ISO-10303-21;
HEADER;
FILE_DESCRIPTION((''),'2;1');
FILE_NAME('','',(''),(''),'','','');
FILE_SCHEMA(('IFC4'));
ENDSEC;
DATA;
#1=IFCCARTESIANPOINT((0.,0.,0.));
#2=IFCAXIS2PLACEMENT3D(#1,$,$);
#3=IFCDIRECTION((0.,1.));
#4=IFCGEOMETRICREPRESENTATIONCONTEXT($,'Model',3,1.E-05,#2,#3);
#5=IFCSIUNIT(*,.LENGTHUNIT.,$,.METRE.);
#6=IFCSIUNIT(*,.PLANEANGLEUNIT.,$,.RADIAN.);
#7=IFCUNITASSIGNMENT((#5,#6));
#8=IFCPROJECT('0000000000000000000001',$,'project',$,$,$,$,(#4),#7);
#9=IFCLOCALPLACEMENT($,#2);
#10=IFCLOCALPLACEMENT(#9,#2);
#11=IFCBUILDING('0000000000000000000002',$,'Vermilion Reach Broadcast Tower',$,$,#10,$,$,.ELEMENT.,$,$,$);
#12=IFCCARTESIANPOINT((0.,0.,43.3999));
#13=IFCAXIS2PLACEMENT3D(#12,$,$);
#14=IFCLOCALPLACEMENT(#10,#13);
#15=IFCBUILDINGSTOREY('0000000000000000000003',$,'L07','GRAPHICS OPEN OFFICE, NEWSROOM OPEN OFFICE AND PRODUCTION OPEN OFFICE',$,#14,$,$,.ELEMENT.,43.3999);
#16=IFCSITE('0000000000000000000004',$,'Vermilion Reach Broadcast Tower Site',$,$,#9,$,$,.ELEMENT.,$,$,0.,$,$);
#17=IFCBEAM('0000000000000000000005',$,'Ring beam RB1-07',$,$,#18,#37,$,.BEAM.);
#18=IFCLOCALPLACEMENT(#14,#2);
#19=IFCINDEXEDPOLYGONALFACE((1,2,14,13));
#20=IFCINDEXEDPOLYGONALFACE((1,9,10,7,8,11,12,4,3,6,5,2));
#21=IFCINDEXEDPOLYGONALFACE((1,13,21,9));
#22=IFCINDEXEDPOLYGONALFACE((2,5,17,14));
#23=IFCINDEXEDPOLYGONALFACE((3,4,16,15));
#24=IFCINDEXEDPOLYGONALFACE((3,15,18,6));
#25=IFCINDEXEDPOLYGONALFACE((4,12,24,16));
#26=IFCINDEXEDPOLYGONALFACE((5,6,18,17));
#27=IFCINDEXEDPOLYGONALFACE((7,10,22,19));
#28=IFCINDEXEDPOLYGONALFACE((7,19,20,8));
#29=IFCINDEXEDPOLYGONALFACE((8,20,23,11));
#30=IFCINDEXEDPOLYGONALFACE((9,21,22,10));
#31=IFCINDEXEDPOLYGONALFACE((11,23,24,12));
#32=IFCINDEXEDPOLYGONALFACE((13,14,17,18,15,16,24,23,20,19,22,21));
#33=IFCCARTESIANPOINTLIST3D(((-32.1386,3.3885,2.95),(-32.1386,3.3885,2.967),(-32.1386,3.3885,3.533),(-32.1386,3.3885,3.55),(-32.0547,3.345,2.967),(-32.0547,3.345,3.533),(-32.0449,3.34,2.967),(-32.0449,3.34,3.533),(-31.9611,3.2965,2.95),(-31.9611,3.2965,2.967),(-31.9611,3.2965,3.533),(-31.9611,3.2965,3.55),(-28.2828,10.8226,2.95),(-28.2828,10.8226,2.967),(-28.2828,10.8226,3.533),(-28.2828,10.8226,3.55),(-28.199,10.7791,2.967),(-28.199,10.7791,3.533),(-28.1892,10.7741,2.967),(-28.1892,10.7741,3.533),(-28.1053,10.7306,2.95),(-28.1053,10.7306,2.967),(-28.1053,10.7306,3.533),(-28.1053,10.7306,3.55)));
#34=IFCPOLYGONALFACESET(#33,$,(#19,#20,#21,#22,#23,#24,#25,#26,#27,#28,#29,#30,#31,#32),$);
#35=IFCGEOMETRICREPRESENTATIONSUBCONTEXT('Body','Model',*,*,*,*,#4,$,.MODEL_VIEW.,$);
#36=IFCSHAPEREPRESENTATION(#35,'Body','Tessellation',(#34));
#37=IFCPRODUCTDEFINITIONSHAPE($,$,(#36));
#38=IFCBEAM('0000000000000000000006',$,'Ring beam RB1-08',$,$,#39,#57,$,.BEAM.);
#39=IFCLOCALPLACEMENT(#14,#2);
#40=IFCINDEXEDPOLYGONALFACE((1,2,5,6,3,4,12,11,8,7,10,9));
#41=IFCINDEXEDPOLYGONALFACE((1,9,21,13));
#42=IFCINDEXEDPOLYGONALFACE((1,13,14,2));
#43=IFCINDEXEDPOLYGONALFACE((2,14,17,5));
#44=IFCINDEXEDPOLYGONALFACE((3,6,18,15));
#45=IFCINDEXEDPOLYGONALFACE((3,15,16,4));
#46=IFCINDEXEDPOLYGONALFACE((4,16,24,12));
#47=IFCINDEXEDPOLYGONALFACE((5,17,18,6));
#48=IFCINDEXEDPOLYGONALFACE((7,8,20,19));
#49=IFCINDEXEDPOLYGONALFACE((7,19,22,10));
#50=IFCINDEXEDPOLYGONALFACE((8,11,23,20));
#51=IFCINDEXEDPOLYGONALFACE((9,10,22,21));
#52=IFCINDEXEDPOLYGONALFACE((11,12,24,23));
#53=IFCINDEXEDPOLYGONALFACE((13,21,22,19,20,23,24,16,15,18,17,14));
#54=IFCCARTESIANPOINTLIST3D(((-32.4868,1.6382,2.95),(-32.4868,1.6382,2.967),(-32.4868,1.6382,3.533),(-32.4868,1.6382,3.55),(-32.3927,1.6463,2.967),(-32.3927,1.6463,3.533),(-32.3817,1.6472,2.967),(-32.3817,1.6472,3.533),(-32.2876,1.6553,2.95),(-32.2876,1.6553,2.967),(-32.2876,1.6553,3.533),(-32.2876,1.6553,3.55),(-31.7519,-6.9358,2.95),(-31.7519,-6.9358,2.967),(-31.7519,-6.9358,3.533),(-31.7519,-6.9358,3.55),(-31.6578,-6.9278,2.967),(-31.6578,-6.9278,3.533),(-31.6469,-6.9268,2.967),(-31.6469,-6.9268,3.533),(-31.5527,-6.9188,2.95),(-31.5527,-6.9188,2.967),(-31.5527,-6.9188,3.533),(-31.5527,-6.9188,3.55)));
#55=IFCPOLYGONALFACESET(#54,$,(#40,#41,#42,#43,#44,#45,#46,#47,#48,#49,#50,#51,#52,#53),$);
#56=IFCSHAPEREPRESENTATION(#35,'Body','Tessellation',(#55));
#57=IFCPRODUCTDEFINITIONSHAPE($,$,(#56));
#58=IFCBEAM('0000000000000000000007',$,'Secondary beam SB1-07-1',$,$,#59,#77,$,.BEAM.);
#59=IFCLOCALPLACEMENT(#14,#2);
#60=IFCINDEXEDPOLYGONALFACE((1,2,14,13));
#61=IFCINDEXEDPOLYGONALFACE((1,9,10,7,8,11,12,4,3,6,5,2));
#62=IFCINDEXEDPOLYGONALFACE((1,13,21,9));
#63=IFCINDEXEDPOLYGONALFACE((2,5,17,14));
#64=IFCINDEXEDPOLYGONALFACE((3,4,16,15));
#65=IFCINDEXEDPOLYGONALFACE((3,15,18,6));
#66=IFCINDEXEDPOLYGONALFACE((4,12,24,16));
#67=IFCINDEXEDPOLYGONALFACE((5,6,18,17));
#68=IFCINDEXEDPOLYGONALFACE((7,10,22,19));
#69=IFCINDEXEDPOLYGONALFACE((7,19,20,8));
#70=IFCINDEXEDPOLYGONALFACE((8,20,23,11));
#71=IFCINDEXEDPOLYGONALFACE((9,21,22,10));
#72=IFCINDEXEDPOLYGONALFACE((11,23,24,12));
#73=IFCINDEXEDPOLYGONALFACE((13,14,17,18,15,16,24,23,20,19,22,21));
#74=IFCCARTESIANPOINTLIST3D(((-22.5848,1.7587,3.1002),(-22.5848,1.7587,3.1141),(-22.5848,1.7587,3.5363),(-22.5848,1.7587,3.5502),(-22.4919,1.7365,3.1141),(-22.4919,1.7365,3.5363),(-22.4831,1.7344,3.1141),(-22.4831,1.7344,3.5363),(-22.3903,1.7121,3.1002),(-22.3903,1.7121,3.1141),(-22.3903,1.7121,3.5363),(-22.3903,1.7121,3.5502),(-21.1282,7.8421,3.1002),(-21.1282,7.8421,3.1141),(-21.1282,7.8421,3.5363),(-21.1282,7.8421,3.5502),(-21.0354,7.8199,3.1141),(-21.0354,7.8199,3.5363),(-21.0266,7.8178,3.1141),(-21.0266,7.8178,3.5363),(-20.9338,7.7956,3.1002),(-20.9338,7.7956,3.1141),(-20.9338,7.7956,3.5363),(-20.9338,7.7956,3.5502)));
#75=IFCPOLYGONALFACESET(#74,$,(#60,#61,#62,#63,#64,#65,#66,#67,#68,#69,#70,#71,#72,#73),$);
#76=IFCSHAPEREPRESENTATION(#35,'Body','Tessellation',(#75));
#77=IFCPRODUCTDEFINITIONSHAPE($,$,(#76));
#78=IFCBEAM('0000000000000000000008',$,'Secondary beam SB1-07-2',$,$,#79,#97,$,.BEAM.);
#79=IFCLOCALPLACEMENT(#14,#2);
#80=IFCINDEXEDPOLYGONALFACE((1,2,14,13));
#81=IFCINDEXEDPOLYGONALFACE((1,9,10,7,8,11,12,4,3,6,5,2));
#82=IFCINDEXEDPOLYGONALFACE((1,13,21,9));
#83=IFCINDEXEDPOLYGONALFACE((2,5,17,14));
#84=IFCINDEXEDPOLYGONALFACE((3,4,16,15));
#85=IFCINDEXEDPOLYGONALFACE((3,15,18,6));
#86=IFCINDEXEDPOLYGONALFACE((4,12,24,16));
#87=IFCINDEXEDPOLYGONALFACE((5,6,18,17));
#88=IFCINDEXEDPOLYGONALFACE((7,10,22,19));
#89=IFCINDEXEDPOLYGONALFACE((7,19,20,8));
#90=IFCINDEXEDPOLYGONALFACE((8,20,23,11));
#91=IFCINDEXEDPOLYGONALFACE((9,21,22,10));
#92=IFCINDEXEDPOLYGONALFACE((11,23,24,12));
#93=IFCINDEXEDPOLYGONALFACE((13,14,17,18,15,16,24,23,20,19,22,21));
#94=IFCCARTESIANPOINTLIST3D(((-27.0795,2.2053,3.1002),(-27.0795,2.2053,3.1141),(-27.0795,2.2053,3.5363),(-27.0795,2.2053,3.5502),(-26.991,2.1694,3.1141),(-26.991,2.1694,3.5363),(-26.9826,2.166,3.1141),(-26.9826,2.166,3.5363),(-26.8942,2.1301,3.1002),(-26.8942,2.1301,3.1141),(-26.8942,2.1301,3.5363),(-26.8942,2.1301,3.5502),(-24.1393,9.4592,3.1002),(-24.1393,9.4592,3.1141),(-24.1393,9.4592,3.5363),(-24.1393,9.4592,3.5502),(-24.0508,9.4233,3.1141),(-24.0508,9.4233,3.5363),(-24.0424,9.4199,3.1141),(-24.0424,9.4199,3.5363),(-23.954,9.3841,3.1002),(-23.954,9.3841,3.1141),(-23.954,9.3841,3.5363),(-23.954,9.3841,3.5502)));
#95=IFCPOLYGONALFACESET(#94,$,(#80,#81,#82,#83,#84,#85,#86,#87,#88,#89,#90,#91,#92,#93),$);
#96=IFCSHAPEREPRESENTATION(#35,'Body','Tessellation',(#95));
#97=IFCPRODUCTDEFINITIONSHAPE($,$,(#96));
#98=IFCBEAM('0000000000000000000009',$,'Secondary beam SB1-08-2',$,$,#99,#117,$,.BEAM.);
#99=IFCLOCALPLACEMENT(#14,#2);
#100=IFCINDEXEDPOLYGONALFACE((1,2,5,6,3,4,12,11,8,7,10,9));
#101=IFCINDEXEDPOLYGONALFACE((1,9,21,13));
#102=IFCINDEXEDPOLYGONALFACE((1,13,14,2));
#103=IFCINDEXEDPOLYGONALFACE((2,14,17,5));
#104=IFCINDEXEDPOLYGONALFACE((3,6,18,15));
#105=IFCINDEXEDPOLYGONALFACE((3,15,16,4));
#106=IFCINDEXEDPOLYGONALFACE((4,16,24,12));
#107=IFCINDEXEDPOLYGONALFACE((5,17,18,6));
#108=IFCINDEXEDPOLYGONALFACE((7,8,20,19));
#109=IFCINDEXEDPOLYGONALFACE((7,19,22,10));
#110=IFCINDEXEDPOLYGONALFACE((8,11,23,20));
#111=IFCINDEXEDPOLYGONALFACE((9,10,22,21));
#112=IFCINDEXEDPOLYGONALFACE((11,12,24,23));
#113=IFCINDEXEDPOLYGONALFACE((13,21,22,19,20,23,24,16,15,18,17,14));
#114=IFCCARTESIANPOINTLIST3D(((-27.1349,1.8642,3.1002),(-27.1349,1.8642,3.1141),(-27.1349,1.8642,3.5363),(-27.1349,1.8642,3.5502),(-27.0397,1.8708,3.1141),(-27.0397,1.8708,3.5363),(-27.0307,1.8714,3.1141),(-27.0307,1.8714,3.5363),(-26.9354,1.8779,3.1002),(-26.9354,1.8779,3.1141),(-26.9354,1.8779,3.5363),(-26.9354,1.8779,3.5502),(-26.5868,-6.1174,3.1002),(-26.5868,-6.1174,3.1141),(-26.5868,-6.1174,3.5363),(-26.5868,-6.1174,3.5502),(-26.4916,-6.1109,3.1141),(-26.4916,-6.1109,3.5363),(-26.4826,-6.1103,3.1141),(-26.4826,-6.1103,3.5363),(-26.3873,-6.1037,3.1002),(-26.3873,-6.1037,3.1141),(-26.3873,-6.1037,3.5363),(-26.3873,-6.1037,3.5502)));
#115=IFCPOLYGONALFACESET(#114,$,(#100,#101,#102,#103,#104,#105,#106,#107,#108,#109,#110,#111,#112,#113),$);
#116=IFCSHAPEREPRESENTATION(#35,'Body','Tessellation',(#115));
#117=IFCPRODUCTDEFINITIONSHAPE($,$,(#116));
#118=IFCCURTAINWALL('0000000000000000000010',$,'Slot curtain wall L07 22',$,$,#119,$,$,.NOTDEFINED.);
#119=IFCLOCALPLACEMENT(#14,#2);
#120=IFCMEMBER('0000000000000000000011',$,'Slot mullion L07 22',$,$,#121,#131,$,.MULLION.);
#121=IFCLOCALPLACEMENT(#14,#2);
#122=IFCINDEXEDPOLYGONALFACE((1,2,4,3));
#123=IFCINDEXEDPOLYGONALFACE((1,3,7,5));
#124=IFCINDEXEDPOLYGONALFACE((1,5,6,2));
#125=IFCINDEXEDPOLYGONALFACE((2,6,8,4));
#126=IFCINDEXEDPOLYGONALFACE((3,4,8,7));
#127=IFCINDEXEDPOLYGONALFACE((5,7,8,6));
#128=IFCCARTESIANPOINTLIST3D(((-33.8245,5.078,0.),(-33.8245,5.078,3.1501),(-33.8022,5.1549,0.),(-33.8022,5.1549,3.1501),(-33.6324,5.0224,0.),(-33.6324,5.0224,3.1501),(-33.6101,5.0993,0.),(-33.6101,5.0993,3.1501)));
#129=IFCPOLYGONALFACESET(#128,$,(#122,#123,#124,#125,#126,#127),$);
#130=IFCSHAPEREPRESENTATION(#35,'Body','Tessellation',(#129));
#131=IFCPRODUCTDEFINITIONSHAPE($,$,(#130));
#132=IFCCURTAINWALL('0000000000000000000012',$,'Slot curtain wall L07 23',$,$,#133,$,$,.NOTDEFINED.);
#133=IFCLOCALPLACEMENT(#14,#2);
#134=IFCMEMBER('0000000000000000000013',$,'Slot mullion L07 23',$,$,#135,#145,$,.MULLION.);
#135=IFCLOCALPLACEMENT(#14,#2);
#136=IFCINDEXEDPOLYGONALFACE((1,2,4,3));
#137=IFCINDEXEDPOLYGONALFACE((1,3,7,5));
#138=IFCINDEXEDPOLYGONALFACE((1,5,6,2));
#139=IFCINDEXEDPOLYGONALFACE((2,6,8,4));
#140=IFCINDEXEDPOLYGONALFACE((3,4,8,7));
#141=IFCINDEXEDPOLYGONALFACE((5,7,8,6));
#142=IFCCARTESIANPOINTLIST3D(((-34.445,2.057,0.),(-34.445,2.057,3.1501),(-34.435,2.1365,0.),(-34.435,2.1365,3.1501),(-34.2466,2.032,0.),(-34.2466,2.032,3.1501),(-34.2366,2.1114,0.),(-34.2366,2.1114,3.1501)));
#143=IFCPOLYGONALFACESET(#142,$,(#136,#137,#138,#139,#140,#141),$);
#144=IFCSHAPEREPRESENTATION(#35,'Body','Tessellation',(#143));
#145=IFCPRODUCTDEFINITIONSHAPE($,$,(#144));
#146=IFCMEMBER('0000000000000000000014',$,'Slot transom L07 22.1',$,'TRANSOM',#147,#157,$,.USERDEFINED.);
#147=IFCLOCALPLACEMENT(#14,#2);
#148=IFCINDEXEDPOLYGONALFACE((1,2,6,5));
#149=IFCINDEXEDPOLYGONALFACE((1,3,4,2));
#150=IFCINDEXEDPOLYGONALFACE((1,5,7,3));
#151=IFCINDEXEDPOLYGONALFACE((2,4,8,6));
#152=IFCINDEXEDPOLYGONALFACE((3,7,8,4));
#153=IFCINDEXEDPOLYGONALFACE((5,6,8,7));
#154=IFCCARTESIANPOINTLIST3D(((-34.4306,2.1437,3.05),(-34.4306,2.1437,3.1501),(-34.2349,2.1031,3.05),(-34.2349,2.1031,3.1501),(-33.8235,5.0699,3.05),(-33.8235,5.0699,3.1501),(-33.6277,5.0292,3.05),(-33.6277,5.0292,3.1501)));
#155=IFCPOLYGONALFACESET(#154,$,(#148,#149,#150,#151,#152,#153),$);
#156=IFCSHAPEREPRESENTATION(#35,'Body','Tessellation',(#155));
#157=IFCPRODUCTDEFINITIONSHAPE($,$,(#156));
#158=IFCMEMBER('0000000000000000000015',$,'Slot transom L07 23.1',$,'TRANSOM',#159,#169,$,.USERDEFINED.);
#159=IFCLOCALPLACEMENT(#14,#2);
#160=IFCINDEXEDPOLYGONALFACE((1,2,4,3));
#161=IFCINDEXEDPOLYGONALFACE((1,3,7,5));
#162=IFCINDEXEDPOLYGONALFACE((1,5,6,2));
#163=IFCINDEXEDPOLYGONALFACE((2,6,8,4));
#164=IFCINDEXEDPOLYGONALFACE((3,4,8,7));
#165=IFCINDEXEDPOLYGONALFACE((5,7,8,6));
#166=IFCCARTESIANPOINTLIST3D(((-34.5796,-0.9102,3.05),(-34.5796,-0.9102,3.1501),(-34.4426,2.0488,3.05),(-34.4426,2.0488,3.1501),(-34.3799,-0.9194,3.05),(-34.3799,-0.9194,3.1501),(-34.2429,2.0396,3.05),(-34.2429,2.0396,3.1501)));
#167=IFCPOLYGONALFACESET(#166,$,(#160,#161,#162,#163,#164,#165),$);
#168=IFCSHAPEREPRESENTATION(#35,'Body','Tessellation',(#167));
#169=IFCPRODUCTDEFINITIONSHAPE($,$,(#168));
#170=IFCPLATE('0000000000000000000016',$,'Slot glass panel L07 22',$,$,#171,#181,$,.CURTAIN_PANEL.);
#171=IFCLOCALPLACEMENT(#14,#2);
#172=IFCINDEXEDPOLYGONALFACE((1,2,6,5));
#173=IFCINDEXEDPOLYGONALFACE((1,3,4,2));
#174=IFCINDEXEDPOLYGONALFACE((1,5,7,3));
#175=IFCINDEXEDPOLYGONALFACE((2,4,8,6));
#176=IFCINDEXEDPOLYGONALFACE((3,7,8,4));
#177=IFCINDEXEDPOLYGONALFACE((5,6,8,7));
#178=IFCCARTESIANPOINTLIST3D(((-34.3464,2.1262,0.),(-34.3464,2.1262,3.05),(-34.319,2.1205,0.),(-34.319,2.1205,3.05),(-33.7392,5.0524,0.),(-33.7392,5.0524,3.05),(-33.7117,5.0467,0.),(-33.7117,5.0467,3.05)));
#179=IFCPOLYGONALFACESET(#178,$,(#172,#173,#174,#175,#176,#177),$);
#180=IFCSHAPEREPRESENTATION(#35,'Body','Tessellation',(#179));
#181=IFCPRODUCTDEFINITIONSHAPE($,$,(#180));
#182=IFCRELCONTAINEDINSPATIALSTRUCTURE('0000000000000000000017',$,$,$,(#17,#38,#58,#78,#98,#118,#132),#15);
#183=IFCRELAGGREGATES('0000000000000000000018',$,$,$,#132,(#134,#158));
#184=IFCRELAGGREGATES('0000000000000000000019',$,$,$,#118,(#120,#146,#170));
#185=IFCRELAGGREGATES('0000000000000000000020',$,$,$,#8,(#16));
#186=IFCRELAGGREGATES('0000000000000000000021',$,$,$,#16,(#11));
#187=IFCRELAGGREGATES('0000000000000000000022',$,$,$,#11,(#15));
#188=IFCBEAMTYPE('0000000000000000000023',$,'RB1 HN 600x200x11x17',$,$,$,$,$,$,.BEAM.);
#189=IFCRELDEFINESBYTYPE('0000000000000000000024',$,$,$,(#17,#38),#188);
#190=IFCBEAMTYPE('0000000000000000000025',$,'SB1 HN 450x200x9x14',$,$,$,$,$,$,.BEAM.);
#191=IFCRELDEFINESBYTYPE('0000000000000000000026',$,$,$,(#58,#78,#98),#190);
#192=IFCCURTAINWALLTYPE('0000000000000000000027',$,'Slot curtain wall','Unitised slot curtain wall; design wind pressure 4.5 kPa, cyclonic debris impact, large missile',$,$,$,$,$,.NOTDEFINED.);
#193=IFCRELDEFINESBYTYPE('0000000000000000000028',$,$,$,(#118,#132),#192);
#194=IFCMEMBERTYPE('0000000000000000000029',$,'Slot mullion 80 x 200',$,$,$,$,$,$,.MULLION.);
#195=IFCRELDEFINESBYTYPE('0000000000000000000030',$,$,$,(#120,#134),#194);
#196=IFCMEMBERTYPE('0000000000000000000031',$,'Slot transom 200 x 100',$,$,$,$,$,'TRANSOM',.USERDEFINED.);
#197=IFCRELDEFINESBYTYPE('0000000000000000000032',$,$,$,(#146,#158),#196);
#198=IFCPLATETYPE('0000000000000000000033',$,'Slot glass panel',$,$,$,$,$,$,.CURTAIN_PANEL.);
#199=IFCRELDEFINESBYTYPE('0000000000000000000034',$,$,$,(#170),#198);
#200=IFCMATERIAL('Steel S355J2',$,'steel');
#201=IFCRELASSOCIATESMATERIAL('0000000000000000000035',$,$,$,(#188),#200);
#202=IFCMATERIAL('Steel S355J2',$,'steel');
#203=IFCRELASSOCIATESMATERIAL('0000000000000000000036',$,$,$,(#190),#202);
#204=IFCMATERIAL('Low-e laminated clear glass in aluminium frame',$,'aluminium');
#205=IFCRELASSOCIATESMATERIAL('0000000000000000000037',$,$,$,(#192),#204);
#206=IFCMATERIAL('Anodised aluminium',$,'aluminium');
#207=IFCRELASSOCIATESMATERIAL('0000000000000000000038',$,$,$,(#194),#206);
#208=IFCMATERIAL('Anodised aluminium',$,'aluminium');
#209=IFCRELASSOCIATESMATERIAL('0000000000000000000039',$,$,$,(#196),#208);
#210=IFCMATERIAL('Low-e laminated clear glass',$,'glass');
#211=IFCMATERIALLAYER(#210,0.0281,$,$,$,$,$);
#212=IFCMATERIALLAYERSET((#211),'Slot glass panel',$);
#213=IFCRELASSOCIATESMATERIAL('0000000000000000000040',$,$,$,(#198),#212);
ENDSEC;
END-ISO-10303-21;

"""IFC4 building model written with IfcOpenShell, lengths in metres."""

from ifc_helpers import new_model, si_unit, direction, frame, origin, origin_2d, place, context, subcontext, project, spatial, rectangle, i_section, extrude, material, layer, layer_set, material_profile, profile_set, type_object, element, aggregate, save


model = new_model("IFC4")

# Units and contexts
model_context = context("Model", 3, precision=1e-05, world=origin(), true_north=direction((0.0, 1.0)))
body_context = subcontext(model_context, "Body", "Model", "MODEL_VIEW")
ifc_project = project(units=[si_unit("LENGTHUNIT", "METRE"), si_unit("PLANEANGLEUNIT", "RADIAN")], contexts=[model_context])

# Site, building, storey
site_placement = place(None, origin())
site = spatial("IfcSite", under=ifc_project, at=site_placement, Name="Vermilion Reach Broadcast Tower Site", CompositionType="ELEMENT", RefElevation=0.0)
building_placement = place(site_placement, origin())
building = spatial("IfcBuilding", under=site, at=building_placement, Name="Vermilion Reach Broadcast Tower", CompositionType="ELEMENT")
storey_placement = place(building_placement, frame((0.0, 0.0, 43.3999)))
storey = spatial("IfcBuildingStorey", under=building, at=storey_placement, Name="L07", Description="GRAPHICS OPEN OFFICE, NEWSROOM OPEN OFFICE AND PRODUCTION OPEN OFFICE", CompositionType="ELEMENT", Elevation=43.3999)

# Beams
ifc_material_1 = material(Name="Steel S355J2", Category="steel")
ifc_material_profile_1 = material_profile(ifc_material_1, i_section(OverallWidth=0.2, OverallDepth=0.6001, WebThickness=0.011, FlangeThickness=0.0171, at=origin_2d()), Name="S355J2 HN 600x200x11x17")
ifc_profile_set_1 = profile_set([ifc_material_profile_1], Name="Steel S355J2")
beam_type_1 = type_object("IfcBeamType", Name="RB1 HN 600x200x11x17", PredefinedType="BEAM", material=ifc_profile_set_1)
beam_1_placement = place(storey_placement, frame((-28.1941, 10.7766, 3.25), z_axis=(-0.460412, -0.887706, 0.0), x_axis=(0.887706, -0.460412, 0.0)))
element("IfcBeam", 1, at=beam_1_placement, inside=storey, type_object=beam_type_1, Name="Ring beam RB1-07", PredefinedType="BEAM", context=body_context, shape_type="SweptSolid", body=[
    extrude(i_section(OverallWidth=0.2, OverallDepth=0.6001, WebThickness=0.011, FlangeThickness=0.0171, at=origin_2d()), origin(), (0.0, 0.0, 1.0), 8.3745),
])
beam_2_placement = place(storey_placement, frame((-32.3872, 1.6467, 3.25), z_axis=(0.085396, -0.996347, 0.0), x_axis=(0.996347, 0.085396, 0.0)))
element("IfcBeam", 2, at=beam_2_placement, inside=storey, type_object=beam_type_1, Name="Ring beam RB1-08", PredefinedType="BEAM", context=body_context, shape_type="SweptSolid", body=[
    extrude(i_section(OverallWidth=0.2, OverallDepth=0.6001, WebThickness=0.011, FlangeThickness=0.0171, at=origin_2d()), origin(), (0.0, 0.0, 1.0), 8.6055),
])
ifc_material_2 = material(Name="Steel S355J2", Category="steel")
ifc_material_profile_2 = material_profile(ifc_material_2, i_section(OverallWidth=0.2, OverallDepth=0.45, WebThickness=0.009, FlangeThickness=0.0139, at=origin_2d()), Name="S355J2 HN 450x200x9x14")
ifc_profile_set_2 = profile_set([ifc_material_profile_2], Name="Steel S355J2")
beam_type_2 = type_object("IfcBeamType", Name="SB1 HN 450x200x9x14", PredefinedType="BEAM", material=ifc_profile_set_2)
beam_3_placement = place(storey_placement, frame((-21.031, 7.8188, 3.3252), z_axis=(-0.232844, -0.972514, 0.0), x_axis=(0.972514, -0.232844, 0.0)))
element("IfcBeam", 3, at=beam_3_placement, inside=storey, type_object=beam_type_2, Name="Secondary beam SB1-07-1", PredefinedType="BEAM", context=body_context, shape_type="SweptSolid", body=[
    extrude(i_section(OverallWidth=0.2, OverallDepth=0.45, WebThickness=0.009, FlangeThickness=0.0139, at=origin_2d()), origin(), (0.0, 0.0, 1.0), 6.2554),
])
beam_4_placement = place(storey_placement, frame((-24.0466, 9.4216, 3.3252), z_axis=(-0.375641, -0.926765, 0.0), x_axis=(0.926765, -0.375641, 0.0)))
element("IfcBeam", 4, at=beam_4_placement, inside=storey, type_object=beam_type_2, Name="Secondary beam SB1-07-2", PredefinedType="BEAM", context=body_context, shape_type="SweptSolid", body=[
    extrude(i_section(OverallWidth=0.2, OverallDepth=0.45, WebThickness=0.009, FlangeThickness=0.0139, at=origin_2d()), origin(), (0.0, 0.0, 1.0), 7.8271),
])
beam_5_placement = place(storey_placement, frame((-27.0352, 1.8711, 3.3252), z_axis=(0.068508, -0.997651, 0.0), x_axis=(0.997651, 0.068508, 0.0)))
element("IfcBeam", 5, at=beam_5_placement, inside=storey, type_object=beam_type_2, Name="Secondary beam SB1-08-2", PredefinedType="BEAM", context=body_context, shape_type="SweptSolid", body=[
    extrude(i_section(OverallWidth=0.2, OverallDepth=0.45, WebThickness=0.009, FlangeThickness=0.0139, at=origin_2d()), origin(), (0.0, 0.0, 1.0), 8.0005),
])

# Curtain walls, members
ifc_material_3 = material(Name="Low-e laminated clear glass in aluminium frame", Category="aluminium")
curtain_wall_type = type_object("IfcCurtainWallType", Name="Slot curtain wall", Description="Unitised slot curtain wall; design wind pressure 4.5 kPa, cyclonic debris impact, large missile", PredefinedType="NOTDEFINED", material=ifc_material_3)
placement = place(storey_placement, origin())
curtain_wall_1 = element("IfcCurtainWall", 6, at=placement, inside=storey, type_object=curtain_wall_type, Name="Slot curtain wall L07 22", PredefinedType="NOTDEFINED")
ifc_material_4 = material(Name="Anodised aluminium", Category="aluminium")
ifc_material_profile_3 = material_profile(ifc_material_4, rectangle(XDim=0.2, YDim=0.0801, at=origin_2d()), Name="Slot mullion 80 x 200")
ifc_profile_set_3 = profile_set([ifc_material_profile_3], Name="Anodised aluminium")
member_type_1 = type_object("IfcMemberType", Name="Slot mullion 80 x 200", PredefinedType="MULLION", material=ifc_profile_set_3)
member_1_placement = place(storey_placement, frame((-33.7173, 5.0886, 0.0), z_axis=(0.0, 0.0, 1.0), x_axis=(0.96052, -0.27821, 0.0)))
member_1 = element("IfcMember", 7, at=member_1_placement, type_object=member_type_1, Name="Slot mullion L07 22", PredefinedType="MULLION", context=body_context, shape_type="SweptSolid", body=[
    extrude(rectangle(XDim=0.2, YDim=0.0801, at=origin_2d()), origin(), (0.0, 0.0, 1.0), 3.1501),
])
curtain_wall_2 = element("IfcCurtainWall", 8, at=placement, inside=storey, type_object=curtain_wall_type, Name="Slot curtain wall L07 23", PredefinedType="NOTDEFINED")
member_2_placement = place(storey_placement, frame((-34.3408, 2.0842, 0.0), z_axis=(0.0, 0.0, 1.0), x_axis=(0.992139, -0.125141, 0.0)))
member_2 = element("IfcMember", 9, at=member_2_placement, type_object=member_type_1, Name="Slot mullion L07 23", PredefinedType="MULLION", context=body_context, shape_type="SweptSolid", body=[
    extrude(rectangle(XDim=0.2, YDim=0.0801, at=origin_2d()), origin(), (0.0, 0.0, 1.0), 3.1501),
])

# Members
ifc_material_5 = material(Name="Anodised aluminium", Category="aluminium")
ifc_material_profile_4 = material_profile(ifc_material_5, rectangle(XDim=0.2, YDim=0.1001, at=origin_2d()), Name="Slot transom 200 x 100")
ifc_profile_set_4 = profile_set([ifc_material_profile_4], Name="Anodised aluminium")
member_type_2 = type_object("IfcMemberType", Name="Slot transom 200 x 100", ElementType="TRANSOM", PredefinedType="USERDEFINED", material=ifc_profile_set_4)
member_3_placement = place(storey_placement, frame((-33.7256, 5.0496, 3.1001), z_axis=(-0.203165, -0.979145, 0.0), x_axis=(0.979145, -0.203165, 0.0)))
member_3 = element("IfcMember", 10, at=member_3_placement, type_object=member_type_2, Name="Slot transom L07 22.1", ObjectType="TRANSOM", PredefinedType="USERDEFINED", context=body_context, shape_type="SweptSolid", body=[
    extrude(rectangle(XDim=0.2, YDim=0.1001, at=origin_2d()), origin(), (0.0, 0.0, 1.0), 2.9885),
])
member_4_placement = place(storey_placement, frame((-34.3428, 2.0442, 3.1001), z_axis=(-0.046238, -0.99893, 0.0), x_axis=(0.99893, -0.046238, 0.0)))
member_4 = element("IfcMember", 11, at=member_4_placement, type_object=member_type_2, Name="Slot transom L07 23.1", ObjectType="TRANSOM", PredefinedType="USERDEFINED", context=body_context, shape_type="SweptSolid", body=[
    extrude(rectangle(XDim=0.2, YDim=0.1001, at=origin_2d()), origin(), (0.0, 0.0, 1.0), 2.9622),
])
aggregate(curtain_wall_2, [member_2, member_4])

# Plate
ifc_material_6 = material(Name="Low-e laminated clear glass", Category="glass")
ifc_layer_1 = layer(ifc_material_6, 0.0281)
ifc_layer_set_1 = layer_set([ifc_layer_1], Name="Slot glass panel")
plate_type = type_object("IfcPlateType", Name="Slot glass panel", PredefinedType="CURTAIN_PANEL", material=ifc_layer_set_1)
plate_placement = place(storey_placement, frame((-34.0291, 3.5864, 0.0), z_axis=(0.0, 0.0, 1.0), x_axis=(-0.203206, -0.979136, 0.0)))
plate = element("IfcPlate", 12, at=plate_placement, type_object=plate_type, Name="Slot glass panel L07 22", PredefinedType="CURTAIN_PANEL", context=body_context, shape_type="SweptSolid", body=[
    extrude(rectangle(XDim=2.9885, YDim=0.0281, at=origin_2d()), origin(), (0.0, 0.0, 1.0), 3.05),
])
aggregate(curtain_wall_1, [member_1, member_3, plate])

save(model, "model.ifc")
